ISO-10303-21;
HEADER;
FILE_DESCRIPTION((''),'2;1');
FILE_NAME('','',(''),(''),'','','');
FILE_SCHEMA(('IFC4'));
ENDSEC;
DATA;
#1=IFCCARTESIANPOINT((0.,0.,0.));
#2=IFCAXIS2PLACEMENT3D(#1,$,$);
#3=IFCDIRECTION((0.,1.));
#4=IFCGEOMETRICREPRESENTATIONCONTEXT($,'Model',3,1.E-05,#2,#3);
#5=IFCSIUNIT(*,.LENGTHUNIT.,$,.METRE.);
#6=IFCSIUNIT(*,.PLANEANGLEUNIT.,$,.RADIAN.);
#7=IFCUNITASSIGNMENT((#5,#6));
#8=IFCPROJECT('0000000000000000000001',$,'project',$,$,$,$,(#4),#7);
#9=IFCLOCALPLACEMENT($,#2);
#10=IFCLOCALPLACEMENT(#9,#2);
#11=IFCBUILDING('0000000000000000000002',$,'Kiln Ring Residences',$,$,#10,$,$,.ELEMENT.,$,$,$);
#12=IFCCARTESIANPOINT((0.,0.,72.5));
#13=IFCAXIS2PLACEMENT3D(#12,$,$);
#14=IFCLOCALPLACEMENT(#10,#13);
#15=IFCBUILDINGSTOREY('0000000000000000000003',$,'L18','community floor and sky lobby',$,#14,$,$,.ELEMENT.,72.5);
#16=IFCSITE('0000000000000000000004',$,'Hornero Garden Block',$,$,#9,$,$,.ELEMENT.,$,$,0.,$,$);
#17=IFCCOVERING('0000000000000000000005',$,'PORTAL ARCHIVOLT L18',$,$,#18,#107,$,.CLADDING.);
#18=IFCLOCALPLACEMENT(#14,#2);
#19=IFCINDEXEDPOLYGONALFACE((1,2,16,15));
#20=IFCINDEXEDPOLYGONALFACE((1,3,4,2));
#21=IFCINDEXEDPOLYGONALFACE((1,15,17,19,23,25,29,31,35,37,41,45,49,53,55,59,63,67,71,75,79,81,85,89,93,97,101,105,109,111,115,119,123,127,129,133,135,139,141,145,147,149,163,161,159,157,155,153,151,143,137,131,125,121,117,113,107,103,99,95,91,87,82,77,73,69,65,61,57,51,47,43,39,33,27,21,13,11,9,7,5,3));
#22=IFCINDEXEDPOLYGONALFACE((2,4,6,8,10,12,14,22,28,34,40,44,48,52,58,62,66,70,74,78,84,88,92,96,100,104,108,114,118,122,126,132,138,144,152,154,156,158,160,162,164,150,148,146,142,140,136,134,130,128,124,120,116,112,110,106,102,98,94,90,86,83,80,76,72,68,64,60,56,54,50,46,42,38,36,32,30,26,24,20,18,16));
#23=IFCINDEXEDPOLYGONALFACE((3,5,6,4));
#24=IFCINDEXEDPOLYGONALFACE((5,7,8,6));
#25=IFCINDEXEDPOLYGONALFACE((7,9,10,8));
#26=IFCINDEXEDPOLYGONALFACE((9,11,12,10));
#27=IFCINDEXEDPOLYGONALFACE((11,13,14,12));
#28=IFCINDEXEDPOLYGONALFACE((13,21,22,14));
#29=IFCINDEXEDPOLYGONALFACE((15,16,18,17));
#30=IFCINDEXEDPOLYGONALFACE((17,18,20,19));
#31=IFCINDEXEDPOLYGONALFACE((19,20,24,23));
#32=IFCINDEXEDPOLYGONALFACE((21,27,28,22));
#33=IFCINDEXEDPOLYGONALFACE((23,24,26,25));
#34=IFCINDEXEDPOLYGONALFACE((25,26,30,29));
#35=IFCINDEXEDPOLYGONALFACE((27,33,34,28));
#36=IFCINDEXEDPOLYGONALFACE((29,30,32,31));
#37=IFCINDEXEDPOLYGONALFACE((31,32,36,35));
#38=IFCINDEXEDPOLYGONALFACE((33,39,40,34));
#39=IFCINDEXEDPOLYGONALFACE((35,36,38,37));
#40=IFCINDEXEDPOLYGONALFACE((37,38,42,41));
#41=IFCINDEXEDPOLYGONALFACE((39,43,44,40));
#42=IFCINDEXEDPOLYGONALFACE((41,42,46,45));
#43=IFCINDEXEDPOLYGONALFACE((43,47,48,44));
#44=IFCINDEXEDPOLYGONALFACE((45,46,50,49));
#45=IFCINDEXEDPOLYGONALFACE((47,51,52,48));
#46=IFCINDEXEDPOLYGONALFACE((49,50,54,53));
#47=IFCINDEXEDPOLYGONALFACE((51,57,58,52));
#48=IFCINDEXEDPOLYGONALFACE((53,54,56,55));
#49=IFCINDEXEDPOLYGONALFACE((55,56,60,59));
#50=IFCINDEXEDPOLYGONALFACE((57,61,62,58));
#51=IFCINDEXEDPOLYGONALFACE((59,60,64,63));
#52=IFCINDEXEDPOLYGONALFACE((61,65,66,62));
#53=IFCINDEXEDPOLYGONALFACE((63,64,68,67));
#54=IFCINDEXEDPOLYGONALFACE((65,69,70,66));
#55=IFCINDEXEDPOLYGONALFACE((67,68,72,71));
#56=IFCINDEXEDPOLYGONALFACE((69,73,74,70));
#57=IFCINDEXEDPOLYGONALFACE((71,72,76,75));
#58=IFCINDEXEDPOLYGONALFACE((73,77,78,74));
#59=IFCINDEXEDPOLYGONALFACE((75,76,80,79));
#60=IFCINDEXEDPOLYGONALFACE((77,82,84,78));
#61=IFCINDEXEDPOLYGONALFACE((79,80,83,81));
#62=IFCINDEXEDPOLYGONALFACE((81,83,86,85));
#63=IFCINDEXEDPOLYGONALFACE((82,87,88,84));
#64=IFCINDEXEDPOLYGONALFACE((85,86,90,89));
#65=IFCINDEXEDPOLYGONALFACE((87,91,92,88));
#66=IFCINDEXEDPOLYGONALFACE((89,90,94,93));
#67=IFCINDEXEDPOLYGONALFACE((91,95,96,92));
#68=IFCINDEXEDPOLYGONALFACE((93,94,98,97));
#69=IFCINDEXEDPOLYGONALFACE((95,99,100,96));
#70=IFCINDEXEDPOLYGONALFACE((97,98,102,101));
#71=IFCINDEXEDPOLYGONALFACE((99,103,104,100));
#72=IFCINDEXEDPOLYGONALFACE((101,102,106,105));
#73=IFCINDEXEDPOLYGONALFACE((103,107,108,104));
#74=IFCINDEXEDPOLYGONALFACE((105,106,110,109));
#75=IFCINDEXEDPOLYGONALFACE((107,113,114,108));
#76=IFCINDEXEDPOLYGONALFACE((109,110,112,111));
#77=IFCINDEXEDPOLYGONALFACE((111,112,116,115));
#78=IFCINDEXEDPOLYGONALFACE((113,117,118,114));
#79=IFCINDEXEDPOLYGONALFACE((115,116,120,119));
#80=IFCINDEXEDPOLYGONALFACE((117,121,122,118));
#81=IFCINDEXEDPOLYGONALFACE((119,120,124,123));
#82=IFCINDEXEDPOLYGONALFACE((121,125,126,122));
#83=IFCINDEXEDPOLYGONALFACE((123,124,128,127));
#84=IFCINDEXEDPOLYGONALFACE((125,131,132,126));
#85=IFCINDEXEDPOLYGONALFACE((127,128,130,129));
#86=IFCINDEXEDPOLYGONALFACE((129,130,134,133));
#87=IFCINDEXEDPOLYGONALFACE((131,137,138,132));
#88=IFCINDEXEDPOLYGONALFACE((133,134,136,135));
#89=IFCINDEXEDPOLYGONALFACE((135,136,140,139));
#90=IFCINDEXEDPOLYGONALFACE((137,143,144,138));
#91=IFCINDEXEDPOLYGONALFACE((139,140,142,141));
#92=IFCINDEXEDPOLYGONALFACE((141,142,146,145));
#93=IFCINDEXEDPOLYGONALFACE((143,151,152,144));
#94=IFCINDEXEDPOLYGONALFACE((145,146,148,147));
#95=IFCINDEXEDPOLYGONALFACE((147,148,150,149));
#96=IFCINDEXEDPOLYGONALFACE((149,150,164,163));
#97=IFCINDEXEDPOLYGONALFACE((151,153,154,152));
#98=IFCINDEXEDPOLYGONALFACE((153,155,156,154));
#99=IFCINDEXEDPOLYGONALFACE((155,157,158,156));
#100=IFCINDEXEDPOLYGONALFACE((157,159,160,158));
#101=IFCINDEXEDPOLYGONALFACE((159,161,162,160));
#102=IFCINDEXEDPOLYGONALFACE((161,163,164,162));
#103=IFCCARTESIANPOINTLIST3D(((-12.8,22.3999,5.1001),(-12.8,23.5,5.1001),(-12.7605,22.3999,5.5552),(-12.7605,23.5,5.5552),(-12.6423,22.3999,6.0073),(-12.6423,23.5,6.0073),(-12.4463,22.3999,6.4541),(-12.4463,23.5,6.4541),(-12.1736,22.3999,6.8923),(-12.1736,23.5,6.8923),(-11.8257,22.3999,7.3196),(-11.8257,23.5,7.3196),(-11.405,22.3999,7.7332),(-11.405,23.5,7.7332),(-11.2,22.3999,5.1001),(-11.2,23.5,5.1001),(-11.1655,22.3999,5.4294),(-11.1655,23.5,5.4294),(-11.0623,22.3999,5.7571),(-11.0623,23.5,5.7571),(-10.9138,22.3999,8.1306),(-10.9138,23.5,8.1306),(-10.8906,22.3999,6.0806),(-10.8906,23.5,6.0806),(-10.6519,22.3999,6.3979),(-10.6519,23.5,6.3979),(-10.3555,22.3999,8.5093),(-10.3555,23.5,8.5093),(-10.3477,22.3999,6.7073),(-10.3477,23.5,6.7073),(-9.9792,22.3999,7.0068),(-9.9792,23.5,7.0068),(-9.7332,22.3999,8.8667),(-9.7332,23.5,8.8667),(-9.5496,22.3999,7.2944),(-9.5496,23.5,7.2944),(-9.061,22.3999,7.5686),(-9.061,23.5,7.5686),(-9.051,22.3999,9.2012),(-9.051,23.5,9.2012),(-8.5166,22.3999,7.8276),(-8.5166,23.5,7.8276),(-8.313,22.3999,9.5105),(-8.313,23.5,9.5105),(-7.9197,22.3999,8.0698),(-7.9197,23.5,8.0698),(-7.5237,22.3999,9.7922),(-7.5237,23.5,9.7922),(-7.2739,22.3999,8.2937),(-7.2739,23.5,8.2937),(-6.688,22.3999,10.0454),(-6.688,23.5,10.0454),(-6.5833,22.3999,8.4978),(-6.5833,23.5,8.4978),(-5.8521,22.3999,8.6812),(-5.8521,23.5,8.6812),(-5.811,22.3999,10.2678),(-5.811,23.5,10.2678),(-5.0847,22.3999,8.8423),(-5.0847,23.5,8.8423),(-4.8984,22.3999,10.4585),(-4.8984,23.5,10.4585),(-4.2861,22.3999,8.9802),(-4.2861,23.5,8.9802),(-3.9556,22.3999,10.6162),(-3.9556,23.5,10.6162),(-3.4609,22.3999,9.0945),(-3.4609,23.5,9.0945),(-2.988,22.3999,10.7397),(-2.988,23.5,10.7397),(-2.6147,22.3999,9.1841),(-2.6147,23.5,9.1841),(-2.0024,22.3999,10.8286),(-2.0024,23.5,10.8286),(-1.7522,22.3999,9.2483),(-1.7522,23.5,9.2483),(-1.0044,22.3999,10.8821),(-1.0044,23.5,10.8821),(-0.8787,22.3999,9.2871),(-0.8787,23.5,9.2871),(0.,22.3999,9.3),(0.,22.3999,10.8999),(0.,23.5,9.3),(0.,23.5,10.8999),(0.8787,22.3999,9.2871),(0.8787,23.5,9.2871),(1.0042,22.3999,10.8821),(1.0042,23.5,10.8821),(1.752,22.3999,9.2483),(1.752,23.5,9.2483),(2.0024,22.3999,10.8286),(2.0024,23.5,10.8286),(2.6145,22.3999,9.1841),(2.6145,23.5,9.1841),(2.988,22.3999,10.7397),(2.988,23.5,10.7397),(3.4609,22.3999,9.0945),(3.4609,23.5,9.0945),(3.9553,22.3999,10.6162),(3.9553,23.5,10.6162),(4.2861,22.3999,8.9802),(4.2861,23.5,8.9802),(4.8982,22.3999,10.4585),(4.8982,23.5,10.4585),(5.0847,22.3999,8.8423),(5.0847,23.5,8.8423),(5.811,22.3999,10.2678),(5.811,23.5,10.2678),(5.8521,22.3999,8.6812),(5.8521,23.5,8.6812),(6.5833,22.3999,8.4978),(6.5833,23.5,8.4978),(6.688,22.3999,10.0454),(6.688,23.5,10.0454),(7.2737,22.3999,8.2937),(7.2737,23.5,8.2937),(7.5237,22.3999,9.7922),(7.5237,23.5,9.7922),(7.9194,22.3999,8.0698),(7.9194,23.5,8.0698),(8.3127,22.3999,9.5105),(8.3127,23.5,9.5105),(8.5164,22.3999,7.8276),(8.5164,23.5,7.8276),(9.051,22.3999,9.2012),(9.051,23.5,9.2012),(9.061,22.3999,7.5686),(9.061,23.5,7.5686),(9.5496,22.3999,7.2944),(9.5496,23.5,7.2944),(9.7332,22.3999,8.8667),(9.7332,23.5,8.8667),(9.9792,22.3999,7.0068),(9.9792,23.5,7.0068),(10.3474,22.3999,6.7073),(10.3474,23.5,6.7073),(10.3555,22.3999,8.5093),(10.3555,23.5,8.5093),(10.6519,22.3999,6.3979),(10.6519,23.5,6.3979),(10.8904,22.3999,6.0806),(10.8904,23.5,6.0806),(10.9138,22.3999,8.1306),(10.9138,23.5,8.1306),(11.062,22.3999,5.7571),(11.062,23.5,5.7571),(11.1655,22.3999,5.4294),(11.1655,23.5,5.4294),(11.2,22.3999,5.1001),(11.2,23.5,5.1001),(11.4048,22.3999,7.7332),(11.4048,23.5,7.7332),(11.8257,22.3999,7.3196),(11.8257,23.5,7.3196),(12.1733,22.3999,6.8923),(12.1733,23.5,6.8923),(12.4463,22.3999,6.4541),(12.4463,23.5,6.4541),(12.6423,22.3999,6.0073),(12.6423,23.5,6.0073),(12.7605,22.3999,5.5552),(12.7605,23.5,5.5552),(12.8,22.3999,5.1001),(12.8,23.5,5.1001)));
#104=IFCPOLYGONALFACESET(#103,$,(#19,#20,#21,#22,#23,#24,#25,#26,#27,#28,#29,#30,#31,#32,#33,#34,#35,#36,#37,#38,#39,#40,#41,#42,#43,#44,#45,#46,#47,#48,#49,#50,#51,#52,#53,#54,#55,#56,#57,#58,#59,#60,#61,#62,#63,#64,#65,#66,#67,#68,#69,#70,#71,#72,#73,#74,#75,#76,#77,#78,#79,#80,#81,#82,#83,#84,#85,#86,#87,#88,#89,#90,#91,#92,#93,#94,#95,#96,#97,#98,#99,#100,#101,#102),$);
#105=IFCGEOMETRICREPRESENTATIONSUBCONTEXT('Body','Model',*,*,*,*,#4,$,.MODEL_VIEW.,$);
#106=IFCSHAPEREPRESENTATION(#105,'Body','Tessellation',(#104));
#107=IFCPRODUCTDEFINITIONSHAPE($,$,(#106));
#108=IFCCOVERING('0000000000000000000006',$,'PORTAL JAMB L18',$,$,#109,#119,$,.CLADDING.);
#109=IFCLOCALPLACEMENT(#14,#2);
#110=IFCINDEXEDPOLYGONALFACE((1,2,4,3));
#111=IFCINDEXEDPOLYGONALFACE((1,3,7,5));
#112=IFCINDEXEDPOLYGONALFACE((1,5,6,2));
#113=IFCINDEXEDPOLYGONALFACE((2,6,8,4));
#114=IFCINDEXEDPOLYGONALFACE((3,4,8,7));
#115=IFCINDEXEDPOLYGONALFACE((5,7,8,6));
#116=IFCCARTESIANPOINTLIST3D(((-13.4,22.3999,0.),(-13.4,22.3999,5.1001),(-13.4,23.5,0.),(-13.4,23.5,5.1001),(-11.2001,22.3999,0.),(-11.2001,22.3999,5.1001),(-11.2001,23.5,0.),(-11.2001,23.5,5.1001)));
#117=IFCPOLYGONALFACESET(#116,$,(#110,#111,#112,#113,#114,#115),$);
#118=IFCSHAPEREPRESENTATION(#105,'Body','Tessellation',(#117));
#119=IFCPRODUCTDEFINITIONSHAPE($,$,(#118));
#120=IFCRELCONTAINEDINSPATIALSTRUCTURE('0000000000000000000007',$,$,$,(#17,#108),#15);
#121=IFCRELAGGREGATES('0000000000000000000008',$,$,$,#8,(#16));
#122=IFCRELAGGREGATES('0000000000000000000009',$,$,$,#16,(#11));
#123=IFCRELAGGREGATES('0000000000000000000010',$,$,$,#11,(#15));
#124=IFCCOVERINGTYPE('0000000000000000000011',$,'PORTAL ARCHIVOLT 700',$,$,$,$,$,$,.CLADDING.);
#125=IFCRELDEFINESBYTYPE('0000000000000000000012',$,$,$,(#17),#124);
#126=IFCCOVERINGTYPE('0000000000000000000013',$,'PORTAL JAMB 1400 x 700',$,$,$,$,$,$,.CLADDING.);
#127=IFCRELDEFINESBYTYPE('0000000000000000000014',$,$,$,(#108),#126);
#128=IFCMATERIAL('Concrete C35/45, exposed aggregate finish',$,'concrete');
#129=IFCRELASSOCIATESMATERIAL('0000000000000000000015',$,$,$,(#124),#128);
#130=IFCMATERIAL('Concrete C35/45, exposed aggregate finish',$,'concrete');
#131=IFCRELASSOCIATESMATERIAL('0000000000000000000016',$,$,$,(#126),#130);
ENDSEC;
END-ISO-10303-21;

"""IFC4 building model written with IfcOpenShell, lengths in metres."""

from ifc_helpers import new_model, si_unit, direction, frame, origin, origin_2d, place, context, subcontext, project, spatial, polyline, rectangle, outline, extrude, material, type_object, element, save


model = new_model("IFC4")

# Units and contexts
model_context = context("Model", 3, precision=1e-05, world=origin(), true_north=direction((0.0, 1.0)))
body_context = subcontext(model_context, "Body", "Model", "MODEL_VIEW")
ifc_project = project(units=[si_unit("LENGTHUNIT", "METRE"), si_unit("PLANEANGLEUNIT", "RADIAN")], contexts=[model_context])

# Site, building, storey
site_placement = place(None, origin())
site = spatial("IfcSite", under=ifc_project, at=site_placement, Name="Hornero Garden Block", CompositionType="ELEMENT", RefElevation=0.0)
building_placement = place(site_placement, origin())
building = spatial("IfcBuilding", under=site, at=building_placement, Name="Kiln Ring Residences", CompositionType="ELEMENT")
storey_placement = place(building_placement, frame((0.0, 0.0, 72.5)))
storey = spatial("IfcBuildingStorey", under=building, at=storey_placement, Name="L18", Description="community floor and sky lobby", CompositionType="ELEMENT", Elevation=72.5)

# Coverings
ifc_material_1 = material(Name="Concrete C35/45, exposed aggregate finish", Category="concrete")
covering_type_1 = type_object("IfcCoveringType", Name="PORTAL ARCHIVOLT 700", PredefinedType="CLADDING", material=ifc_material_1)
covering_1_placement = place(storey_placement, frame((-12.8, 22.95, 5.1001), z_axis=(0.0, 0.0, 1.0), x_axis=(1.0, 0.0, 0.0)))
element("IfcCovering", 1, at=covering_1_placement, inside=storey, type_object=covering_type_1, Name="PORTAL ARCHIVOLT L18", PredefinedType="CLADDING", context=body_context, shape_type="SweptSolid", body=[
    extrude(outline(polyline([(25.6001, 0.0), (25.5605, 0.4551), (25.4424, 0.9072), (25.2463, 1.354), (24.9734, 1.7922), (24.6257, 2.2195), (24.2048, 2.6331), (23.7139, 3.0305), (23.1555, 3.4092), (22.5332, 3.7666), (21.8511, 4.1011), (21.1128, 4.4104), (20.3237, 4.6921), (19.488, 4.9453), (18.6111, 5.1677), (17.6982, 5.3584), (16.7554, 5.5161), (15.7881, 5.6396), (14.8025, 5.7285), (13.8042, 5.782), (12.8, 5.7998), (11.7957, 5.782), (10.7976, 5.7285), (9.812, 5.6396), (8.8445, 5.5161), (7.9016, 5.3584), (6.989, 5.1677), (6.1121, 4.9453), (5.2764, 4.6921), (4.4871, 4.4104), (3.749, 4.1011), (3.0669, 3.7666), (2.4446, 3.4092), (1.8862, 3.0305), (1.395, 2.6331), (0.9744, 2.2195), (0.6265, 1.7922), (0.3538, 1.354), (0.1577, 0.9072), (0.0396, 0.4551), (0.0, 0.0), (1.6001, 0.0), (1.6345, 0.3293), (1.7378, 0.657), (1.9094, 0.9805), (2.1482, 1.2979), (2.4524, 1.6072), (2.8208, 1.9067), (3.2505, 2.1943), (3.739, 2.4685), (4.2834, 2.7275), (4.8804, 2.9697), (5.5261, 3.1936), (6.2168, 3.3977), (6.948, 3.5811), (7.7153, 3.7422), (8.5139, 3.8801), (9.3391, 3.9944), (10.1853, 4.084), (11.0479, 4.1482), (11.9214, 4.187), (12.8, 4.2), (13.6787, 4.187), (14.552, 4.1482), (15.4146, 4.084), (16.261, 3.9944), (17.0862, 3.8801), (17.8848, 3.7422), (18.6521, 3.5811), (19.3833, 3.3977), (20.0737, 3.1936), (20.7195, 2.9697), (21.3164, 2.7275), (21.8611, 2.4685), (22.3496, 2.1943), (22.7793, 1.9067), (23.1475, 1.6072), (23.4519, 1.2979), (23.6904, 0.9805), (23.8621, 0.657), (23.9656, 0.3293), (24.0, 0.0), (25.6001, 0.0)])), frame((0.0, 0.55, 0.0), z_axis=(0.0, -1.0, 0.0), x_axis=(1.0, 0.0, 0.0)), (0.0, 0.0, 1.0), 1.1001),
])
ifc_material_2 = material(Name="Concrete C35/45, exposed aggregate finish", Category="concrete")
covering_type_2 = type_object("IfcCoveringType", Name="PORTAL JAMB 1400 x 700", PredefinedType="CLADDING", material=ifc_material_2)
covering_2_placement = place(storey_placement, frame((-12.3, 22.95, 0.0), z_axis=(0.0, 0.0, 1.0), x_axis=(1.0, 0.0, 0.0)))
element("IfcCovering", 2, at=covering_2_placement, inside=storey, type_object=covering_type_2, Name="PORTAL JAMB L18", PredefinedType="CLADDING", context=body_context, shape_type="SweptSolid", body=[
    extrude(rectangle(XDim=2.2, YDim=1.1001, at=origin_2d()), origin(), (0.0, 0.0, 1.0), 5.1001),
])

save(model, "model.ifc")
